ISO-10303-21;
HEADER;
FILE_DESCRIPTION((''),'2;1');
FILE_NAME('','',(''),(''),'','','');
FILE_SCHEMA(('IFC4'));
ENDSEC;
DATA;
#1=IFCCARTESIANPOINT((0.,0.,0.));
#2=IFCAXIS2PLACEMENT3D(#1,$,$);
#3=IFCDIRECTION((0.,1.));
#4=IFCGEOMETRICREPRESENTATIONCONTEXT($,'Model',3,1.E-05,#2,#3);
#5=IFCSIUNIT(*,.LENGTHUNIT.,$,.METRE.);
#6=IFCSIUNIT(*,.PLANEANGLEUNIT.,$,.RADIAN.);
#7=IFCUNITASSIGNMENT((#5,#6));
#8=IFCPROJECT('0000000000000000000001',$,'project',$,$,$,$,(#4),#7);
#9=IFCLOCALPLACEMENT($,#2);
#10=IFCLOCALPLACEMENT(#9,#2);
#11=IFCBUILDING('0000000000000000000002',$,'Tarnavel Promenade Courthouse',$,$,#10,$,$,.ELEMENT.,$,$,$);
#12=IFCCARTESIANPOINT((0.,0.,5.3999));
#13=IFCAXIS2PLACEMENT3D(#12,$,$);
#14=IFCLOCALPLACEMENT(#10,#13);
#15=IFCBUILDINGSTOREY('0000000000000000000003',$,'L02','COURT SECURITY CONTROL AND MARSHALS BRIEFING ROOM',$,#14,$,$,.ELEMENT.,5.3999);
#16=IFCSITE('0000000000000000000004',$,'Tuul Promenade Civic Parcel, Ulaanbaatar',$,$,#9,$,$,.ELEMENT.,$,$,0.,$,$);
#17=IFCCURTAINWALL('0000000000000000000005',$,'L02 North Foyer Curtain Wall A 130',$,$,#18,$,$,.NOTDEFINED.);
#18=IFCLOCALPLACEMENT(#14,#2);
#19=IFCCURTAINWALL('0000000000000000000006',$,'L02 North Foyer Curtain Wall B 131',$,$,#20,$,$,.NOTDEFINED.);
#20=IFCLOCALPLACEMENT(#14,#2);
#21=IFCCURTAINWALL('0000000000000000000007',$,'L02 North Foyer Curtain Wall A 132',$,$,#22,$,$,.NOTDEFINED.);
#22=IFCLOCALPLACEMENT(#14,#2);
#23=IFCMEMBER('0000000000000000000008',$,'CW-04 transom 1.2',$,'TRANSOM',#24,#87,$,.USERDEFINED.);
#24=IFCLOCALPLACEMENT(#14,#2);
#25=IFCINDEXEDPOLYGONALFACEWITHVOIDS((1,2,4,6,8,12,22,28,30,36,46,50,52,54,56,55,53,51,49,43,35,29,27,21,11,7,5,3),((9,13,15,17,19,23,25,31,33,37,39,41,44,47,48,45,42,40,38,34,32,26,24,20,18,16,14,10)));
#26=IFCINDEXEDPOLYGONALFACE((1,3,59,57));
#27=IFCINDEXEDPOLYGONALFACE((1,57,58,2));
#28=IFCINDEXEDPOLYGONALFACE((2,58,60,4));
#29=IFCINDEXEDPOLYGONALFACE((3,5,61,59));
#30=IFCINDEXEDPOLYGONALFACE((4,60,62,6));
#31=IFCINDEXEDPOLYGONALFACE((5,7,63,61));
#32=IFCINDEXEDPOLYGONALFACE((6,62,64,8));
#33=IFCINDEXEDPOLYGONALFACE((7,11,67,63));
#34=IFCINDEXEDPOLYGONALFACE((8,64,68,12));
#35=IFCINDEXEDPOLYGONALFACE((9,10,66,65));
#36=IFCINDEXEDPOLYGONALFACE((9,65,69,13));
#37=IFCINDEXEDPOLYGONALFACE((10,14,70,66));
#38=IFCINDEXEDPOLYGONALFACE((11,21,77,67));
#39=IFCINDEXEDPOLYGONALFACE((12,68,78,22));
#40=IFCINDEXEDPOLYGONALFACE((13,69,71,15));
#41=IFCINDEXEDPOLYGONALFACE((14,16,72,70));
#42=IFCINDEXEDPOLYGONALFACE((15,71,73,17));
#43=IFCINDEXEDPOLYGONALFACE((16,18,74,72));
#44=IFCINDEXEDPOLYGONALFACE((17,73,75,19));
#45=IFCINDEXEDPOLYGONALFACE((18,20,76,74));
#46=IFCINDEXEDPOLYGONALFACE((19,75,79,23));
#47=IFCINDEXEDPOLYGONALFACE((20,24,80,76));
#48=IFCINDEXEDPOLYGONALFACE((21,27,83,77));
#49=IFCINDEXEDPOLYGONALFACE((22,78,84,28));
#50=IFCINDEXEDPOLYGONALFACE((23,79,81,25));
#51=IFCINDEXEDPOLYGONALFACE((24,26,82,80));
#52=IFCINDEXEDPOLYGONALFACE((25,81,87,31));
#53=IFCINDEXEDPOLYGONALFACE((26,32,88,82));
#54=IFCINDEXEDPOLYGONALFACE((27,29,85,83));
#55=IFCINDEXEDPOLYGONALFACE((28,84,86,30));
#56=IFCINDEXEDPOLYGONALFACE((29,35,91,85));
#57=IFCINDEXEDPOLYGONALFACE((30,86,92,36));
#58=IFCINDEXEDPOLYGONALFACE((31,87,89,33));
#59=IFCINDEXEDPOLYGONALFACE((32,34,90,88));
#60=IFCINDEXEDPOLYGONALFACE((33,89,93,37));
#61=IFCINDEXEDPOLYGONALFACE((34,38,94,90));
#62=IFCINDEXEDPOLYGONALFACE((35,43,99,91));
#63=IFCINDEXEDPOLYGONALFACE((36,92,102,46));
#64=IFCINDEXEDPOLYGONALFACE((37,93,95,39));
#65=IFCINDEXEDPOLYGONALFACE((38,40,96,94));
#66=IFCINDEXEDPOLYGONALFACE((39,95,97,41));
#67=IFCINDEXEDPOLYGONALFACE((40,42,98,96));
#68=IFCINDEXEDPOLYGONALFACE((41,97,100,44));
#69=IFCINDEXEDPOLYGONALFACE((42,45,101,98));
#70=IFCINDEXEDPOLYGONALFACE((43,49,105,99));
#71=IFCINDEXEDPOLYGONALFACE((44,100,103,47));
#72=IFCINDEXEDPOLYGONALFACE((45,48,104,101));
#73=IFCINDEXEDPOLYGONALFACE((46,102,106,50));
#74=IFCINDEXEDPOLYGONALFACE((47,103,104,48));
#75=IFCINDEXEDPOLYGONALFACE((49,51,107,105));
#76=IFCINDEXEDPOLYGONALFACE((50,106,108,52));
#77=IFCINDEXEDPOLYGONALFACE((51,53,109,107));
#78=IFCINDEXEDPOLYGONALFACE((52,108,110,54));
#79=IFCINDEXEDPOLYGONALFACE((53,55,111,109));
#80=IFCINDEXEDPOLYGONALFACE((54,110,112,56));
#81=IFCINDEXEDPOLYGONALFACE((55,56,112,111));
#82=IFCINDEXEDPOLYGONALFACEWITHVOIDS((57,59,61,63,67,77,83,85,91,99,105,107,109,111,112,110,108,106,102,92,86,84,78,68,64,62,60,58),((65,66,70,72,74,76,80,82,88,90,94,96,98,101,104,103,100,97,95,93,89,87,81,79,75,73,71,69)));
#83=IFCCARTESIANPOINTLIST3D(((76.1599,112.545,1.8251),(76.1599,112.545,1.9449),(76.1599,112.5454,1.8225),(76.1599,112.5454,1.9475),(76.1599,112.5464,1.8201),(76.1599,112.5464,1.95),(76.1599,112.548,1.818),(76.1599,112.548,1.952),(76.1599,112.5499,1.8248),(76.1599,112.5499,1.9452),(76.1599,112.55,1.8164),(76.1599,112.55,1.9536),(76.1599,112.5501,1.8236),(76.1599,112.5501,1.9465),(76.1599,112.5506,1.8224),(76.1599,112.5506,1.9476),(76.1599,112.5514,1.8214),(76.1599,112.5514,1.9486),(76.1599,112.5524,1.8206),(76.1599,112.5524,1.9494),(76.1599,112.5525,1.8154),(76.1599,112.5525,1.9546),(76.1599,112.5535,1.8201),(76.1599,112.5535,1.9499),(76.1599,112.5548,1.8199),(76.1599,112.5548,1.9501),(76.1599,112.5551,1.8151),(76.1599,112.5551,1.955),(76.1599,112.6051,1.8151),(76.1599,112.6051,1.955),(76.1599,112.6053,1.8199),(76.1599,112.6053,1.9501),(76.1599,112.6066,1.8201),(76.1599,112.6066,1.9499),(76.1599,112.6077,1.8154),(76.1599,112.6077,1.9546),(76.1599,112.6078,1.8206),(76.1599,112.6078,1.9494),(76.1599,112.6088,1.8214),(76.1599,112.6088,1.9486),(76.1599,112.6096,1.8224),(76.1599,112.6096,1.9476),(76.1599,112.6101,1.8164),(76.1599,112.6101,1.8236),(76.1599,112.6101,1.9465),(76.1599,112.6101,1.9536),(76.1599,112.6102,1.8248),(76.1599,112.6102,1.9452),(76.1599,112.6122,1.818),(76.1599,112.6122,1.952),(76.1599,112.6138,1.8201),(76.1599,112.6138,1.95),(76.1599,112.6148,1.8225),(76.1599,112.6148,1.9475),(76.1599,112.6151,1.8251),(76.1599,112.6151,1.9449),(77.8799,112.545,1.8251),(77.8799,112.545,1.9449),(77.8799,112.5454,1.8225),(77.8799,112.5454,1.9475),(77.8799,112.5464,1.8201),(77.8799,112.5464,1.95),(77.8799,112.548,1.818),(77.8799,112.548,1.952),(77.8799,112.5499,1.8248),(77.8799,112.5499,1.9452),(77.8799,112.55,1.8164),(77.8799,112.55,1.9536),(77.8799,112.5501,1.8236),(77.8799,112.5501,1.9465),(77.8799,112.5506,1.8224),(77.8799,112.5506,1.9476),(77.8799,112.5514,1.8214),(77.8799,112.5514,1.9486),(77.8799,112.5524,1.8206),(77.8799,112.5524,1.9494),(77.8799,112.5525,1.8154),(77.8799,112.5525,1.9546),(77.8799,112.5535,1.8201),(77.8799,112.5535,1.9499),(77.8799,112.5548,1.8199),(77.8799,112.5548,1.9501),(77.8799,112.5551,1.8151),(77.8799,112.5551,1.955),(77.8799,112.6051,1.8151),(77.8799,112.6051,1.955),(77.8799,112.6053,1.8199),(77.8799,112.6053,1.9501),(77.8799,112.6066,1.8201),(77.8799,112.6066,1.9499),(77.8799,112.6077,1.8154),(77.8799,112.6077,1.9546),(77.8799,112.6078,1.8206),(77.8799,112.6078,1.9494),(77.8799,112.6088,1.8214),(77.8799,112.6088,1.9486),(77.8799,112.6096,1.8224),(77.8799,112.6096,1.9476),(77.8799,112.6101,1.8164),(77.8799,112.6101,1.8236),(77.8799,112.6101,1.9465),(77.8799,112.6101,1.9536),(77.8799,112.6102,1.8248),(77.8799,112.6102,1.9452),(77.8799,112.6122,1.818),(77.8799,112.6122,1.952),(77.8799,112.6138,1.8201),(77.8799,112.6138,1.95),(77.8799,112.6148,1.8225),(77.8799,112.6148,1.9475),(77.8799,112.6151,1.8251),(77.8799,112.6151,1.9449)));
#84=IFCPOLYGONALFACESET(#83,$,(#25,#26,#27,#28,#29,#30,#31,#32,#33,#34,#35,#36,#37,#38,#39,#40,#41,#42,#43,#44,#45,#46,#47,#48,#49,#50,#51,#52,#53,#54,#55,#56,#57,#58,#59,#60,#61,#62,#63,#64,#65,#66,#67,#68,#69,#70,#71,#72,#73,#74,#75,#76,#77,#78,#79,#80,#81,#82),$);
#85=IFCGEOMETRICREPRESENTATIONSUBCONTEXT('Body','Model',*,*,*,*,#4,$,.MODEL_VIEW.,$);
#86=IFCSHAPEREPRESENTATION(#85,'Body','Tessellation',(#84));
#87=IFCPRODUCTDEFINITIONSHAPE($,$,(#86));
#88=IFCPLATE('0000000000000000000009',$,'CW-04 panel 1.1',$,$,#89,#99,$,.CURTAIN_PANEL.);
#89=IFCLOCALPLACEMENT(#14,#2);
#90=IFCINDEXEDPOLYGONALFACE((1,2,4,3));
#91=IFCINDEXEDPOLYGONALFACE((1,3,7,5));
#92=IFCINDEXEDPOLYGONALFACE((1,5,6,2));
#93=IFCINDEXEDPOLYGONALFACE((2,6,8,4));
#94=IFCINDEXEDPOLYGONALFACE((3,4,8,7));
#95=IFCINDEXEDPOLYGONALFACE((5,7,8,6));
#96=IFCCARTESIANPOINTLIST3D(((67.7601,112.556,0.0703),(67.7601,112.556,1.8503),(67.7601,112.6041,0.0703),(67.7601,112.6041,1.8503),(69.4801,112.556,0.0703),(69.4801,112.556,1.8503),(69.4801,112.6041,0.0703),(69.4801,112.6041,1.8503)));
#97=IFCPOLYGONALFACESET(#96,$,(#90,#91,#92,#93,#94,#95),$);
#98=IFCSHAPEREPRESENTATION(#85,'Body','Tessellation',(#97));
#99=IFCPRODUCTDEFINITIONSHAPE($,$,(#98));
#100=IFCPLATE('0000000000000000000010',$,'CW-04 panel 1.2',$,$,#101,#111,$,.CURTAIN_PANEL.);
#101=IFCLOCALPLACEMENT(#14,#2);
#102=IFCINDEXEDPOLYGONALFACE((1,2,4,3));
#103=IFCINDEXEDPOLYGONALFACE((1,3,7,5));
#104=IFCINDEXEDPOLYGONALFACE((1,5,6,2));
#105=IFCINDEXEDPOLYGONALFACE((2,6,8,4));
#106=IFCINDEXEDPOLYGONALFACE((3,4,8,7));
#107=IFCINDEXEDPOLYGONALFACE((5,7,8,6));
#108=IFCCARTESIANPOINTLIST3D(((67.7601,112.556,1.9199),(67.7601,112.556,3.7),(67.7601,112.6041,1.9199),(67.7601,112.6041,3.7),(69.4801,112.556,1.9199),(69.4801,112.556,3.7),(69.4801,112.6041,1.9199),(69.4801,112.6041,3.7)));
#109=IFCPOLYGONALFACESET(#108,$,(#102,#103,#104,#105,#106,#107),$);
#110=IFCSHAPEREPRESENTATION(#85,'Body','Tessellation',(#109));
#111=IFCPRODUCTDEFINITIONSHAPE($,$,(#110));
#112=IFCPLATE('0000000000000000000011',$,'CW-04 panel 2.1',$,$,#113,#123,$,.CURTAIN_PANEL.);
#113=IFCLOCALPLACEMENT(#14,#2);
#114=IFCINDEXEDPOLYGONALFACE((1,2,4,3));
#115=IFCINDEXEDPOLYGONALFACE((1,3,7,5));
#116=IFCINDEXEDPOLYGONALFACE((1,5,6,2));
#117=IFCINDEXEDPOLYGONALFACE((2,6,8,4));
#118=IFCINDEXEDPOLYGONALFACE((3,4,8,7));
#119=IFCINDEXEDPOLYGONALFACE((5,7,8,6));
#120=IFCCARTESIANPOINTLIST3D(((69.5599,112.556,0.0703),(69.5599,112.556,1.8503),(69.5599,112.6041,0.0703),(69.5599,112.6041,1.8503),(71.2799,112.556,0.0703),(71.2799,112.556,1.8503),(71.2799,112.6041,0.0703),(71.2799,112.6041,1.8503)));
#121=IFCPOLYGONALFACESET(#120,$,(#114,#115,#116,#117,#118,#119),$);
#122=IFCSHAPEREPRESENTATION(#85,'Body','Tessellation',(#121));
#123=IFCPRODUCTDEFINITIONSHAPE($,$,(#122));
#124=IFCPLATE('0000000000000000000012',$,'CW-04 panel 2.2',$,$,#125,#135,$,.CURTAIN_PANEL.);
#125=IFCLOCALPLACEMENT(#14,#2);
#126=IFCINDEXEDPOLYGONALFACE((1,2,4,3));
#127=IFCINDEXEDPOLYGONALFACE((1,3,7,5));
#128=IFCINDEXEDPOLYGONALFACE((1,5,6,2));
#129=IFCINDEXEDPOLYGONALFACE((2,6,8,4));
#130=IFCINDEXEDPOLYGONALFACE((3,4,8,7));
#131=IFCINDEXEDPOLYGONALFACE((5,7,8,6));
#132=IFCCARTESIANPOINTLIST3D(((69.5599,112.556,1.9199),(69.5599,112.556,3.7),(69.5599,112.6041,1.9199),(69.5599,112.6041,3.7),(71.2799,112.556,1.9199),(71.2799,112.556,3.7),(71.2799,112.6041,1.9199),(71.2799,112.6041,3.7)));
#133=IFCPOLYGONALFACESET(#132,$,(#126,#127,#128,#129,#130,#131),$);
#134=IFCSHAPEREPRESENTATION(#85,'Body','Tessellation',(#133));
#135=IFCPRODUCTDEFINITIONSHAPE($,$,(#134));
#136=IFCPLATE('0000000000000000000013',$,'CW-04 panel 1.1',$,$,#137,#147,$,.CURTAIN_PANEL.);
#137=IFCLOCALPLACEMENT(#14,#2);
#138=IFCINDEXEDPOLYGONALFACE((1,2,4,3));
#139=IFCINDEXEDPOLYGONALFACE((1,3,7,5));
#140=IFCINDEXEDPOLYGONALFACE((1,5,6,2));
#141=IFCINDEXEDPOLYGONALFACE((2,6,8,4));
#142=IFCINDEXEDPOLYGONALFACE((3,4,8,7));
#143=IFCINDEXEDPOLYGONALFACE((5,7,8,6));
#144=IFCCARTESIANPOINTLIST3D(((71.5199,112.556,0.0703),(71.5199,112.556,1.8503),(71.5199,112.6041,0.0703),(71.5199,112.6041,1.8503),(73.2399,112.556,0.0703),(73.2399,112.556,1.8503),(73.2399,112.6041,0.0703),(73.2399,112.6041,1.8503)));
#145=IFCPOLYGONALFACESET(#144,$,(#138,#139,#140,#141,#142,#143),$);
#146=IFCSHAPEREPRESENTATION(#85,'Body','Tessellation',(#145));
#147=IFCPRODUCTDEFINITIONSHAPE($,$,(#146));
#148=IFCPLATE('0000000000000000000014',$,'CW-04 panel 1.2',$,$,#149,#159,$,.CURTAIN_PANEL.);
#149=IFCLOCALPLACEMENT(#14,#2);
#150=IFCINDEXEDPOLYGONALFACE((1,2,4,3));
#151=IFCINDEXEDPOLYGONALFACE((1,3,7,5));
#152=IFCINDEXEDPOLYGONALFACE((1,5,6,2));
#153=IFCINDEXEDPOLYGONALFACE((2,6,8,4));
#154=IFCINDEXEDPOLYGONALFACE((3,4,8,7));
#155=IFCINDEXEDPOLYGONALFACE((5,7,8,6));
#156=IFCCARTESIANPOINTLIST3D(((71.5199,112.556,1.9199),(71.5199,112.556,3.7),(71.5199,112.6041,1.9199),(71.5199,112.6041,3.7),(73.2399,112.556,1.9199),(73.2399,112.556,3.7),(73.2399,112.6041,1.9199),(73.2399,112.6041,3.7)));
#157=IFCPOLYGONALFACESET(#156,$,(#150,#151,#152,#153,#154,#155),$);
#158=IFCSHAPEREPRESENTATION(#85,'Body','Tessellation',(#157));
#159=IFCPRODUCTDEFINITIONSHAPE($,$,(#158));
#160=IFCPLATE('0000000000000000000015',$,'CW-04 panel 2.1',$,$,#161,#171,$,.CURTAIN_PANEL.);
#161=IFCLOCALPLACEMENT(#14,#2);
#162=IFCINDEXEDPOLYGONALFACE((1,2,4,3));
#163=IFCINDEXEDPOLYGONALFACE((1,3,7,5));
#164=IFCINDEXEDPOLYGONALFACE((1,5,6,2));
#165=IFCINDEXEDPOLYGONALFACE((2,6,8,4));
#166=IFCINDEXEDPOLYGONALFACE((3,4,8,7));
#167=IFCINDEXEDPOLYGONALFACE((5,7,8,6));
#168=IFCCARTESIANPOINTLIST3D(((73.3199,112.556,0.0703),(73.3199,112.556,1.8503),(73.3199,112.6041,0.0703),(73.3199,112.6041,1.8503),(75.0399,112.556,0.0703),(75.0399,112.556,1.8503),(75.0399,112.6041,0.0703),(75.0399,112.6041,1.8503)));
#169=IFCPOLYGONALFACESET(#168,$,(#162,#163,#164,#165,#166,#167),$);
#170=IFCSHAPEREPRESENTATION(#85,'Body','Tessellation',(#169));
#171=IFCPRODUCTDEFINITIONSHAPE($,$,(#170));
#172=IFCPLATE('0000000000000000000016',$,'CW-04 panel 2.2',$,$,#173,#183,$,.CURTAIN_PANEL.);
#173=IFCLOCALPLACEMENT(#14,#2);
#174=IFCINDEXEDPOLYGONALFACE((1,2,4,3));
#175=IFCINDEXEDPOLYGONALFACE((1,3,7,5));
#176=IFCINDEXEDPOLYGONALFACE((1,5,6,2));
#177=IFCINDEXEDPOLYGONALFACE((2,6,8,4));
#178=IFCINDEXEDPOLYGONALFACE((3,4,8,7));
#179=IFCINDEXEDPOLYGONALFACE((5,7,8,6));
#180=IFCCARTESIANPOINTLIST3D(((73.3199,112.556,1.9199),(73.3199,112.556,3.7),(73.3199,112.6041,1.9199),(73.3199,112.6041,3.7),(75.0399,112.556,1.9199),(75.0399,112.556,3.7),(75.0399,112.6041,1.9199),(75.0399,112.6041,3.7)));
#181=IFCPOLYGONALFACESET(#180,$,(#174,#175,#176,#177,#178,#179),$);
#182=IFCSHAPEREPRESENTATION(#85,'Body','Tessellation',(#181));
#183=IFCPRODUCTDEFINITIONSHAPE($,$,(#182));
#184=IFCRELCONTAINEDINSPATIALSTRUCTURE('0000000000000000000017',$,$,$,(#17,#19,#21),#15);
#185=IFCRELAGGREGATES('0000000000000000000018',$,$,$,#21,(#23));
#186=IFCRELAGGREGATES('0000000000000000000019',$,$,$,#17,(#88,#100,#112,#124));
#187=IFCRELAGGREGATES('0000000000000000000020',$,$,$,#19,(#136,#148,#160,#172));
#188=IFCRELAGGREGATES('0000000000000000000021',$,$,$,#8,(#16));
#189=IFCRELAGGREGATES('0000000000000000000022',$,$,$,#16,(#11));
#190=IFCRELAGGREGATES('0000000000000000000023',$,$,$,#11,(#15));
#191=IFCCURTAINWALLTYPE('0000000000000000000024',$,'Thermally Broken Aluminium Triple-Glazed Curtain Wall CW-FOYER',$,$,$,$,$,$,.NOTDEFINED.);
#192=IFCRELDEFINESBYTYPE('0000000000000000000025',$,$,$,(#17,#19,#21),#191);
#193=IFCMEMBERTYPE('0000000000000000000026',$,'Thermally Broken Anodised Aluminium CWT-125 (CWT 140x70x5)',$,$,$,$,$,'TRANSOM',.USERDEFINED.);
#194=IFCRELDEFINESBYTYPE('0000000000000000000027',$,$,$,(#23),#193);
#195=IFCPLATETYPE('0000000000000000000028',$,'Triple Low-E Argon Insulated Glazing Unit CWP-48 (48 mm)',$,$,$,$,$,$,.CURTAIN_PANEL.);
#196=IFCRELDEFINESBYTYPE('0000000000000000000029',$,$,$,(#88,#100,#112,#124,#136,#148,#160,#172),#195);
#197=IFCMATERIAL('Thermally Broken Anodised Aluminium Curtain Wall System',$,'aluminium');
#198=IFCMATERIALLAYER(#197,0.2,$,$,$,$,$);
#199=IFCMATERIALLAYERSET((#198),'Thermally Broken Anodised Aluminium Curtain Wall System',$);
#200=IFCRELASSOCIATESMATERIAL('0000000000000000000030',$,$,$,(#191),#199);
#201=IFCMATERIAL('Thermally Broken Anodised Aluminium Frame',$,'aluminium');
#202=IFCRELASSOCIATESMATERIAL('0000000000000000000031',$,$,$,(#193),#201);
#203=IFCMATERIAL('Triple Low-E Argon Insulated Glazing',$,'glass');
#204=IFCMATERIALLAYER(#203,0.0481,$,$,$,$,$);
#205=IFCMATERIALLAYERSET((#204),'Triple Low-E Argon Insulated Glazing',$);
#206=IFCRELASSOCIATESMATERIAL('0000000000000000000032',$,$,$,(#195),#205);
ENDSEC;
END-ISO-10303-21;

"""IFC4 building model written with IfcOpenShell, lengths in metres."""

from ifc_helpers import new_model, si_unit, direction, frame, origin, origin_2d, place, context, subcontext, project, spatial, rectangle, hollow_rectangle, extrude, material, layer, layer_set, material_profile, profile_set, type_object, element, aggregate, save


model = new_model("IFC4")

# Units and contexts
model_context = context("Model", 3, precision=1e-05, world=origin(), true_north=direction((0.0, 1.0)))
body_context = subcontext(model_context, "Body", "Model", "MODEL_VIEW")
ifc_project = project(units=[si_unit("LENGTHUNIT", "METRE"), si_unit("PLANEANGLEUNIT", "RADIAN")], contexts=[model_context])

# Site, building, storey
site_placement = place(None, origin())
site = spatial("IfcSite", under=ifc_project, at=site_placement, Name="Tuul Promenade Civic Parcel, Ulaanbaatar", CompositionType="ELEMENT", RefElevation=0.0)
building_placement = place(site_placement, origin())
building = spatial("IfcBuilding", under=site, at=building_placement, Name="Tarnavel Promenade Courthouse", CompositionType="ELEMENT")
storey_placement = place(building_placement, frame((0.0, 0.0, 5.3999)))
storey = spatial("IfcBuildingStorey", under=building, at=storey_placement, Name="L02", Description="COURT SECURITY CONTROL AND MARSHALS BRIEFING ROOM", CompositionType="ELEMENT", Elevation=5.3999)

# Curtain walls
ifc_material_1 = material(Name="Thermally Broken Anodised Aluminium Curtain Wall System", Category="aluminium")
ifc_layer_1 = layer(ifc_material_1, 0.2)
ifc_layer_set_1 = layer_set([ifc_layer_1], Name="Thermally Broken Anodised Aluminium Curtain Wall System")
curtain_wall_type = type_object("IfcCurtainWallType", Name="Thermally Broken Aluminium Triple-Glazed Curtain Wall CW-FOYER", PredefinedType="NOTDEFINED", material=ifc_layer_set_1)
curtain_wall_1_placement = place(storey_placement, origin())
curtain_wall_1 = element("IfcCurtainWall", 1, at=curtain_wall_1_placement, inside=storey, type_object=curtain_wall_type, Name="L02 North Foyer Curtain Wall A 130", PredefinedType="NOTDEFINED")
ifc_material_2 = material(Name="Thermally Broken Anodised Aluminium Frame", Category="aluminium")
curtain_wall_2_placement = place(storey_placement, origin())
curtain_wall_2 = element("IfcCurtainWall", 2, at=curtain_wall_2_placement, inside=storey, type_object=curtain_wall_type, Name="L02 North Foyer Curtain Wall B 131", PredefinedType="NOTDEFINED")

# Curtain wall
curtain_wall_3_placement = place(storey_placement, origin())
curtain_wall_3 = element("IfcCurtainWall", 3, at=curtain_wall_3_placement, inside=storey, type_object=curtain_wall_type, Name="L02 North Foyer Curtain Wall A 132", PredefinedType="NOTDEFINED")

# Member
ifc_material_profile_1 = material_profile(ifc_material_2, hollow_rectangle(XDim=0.0701, YDim=0.1399, WallThickness=0.0049, InnerFilletRadius=0.0049, OuterFilletRadius=0.01, at=origin_2d()), Name="CWT 140x70x5")
ifc_profile_set_1 = profile_set([ifc_material_profile_1], Name="Thermally Broken Anodised Aluminium Frame")
member_type_1 = type_object("IfcMemberType", Name="Thermally Broken Anodised Aluminium CWT-125 (CWT 140x70x5)", ElementType="TRANSOM", PredefinedType="USERDEFINED", material=ifc_profile_set_1)
member_1_placement = place(storey_placement, frame((76.1599, 112.5801, 1.885), z_axis=(1.0, 0.0, 0.0), x_axis=(0.0, 1.0, 0.0)))
member_1 = element("IfcMember", 4, at=member_1_placement, type_object=member_type_1, Name="CW-04 transom 1.2", ObjectType="TRANSOM", PredefinedType="USERDEFINED", context=body_context, shape_type="SweptSolid", body=[
    extrude(hollow_rectangle(XDim=0.0701, YDim=0.1399, WallThickness=0.0049, InnerFilletRadius=0.0049, OuterFilletRadius=0.01, at=origin_2d()), origin(), (0.0, 0.0, 1.0), 1.72),
])
aggregate(curtain_wall_3, [member_1])

# Plates
ifc_material_3 = material(Name="Triple Low-E Argon Insulated Glazing", Category="glass")
ifc_layer_2 = layer(ifc_material_3, 0.0481)
ifc_layer_set_2 = layer_set([ifc_layer_2], Name="Triple Low-E Argon Insulated Glazing")
plate_type = type_object("IfcPlateType", Name="Triple Low-E Argon Insulated Glazing Unit CWP-48 (48 mm)", PredefinedType="CURTAIN_PANEL", material=ifc_layer_set_2)
plate_1_placement = place(storey_placement, frame((68.6201, 112.5801, 0.0703), z_axis=(0.0, 0.0, 1.0), x_axis=(1.0, 0.0, 0.0)))
plate_1 = element("IfcPlate", 5, at=plate_1_placement, type_object=plate_type, Name="CW-04 panel 1.1", PredefinedType="CURTAIN_PANEL", context=body_context, shape_type="SweptSolid", body=[
    extrude(rectangle(XDim=1.72, YDim=0.0481, at=origin_2d()), origin(), (0.0, 0.0, 1.0), 1.78),
])
plate_2_placement = place(storey_placement, frame((68.6201, 112.5801, 1.9199), z_axis=(0.0, 0.0, 1.0), x_axis=(1.0, 0.0, 0.0)))
plate_2 = element("IfcPlate", 6, at=plate_2_placement, type_object=plate_type, Name="CW-04 panel 1.2", PredefinedType="CURTAIN_PANEL", context=body_context, shape_type="SweptSolid", body=[
    extrude(rectangle(XDim=1.72, YDim=0.0481, at=origin_2d()), origin(), (0.0, 0.0, 1.0), 1.78),
])
plate_3_placement = place(storey_placement, frame((70.4199, 112.5801, 0.0703), z_axis=(0.0, 0.0, 1.0), x_axis=(1.0, 0.0, 0.0)))
plate_3 = element("IfcPlate", 7, at=plate_3_placement, type_object=plate_type, Name="CW-04 panel 2.1", PredefinedType="CURTAIN_PANEL", context=body_context, shape_type="SweptSolid", body=[
    extrude(rectangle(XDim=1.72, YDim=0.0481, at=origin_2d()), origin(), (0.0, 0.0, 1.0), 1.78),
])
plate_4_placement = place(storey_placement, frame((70.4199, 112.5801, 1.9199), z_axis=(0.0, 0.0, 1.0), x_axis=(1.0, 0.0, 0.0)))
plate_4 = element("IfcPlate", 8, at=plate_4_placement, type_object=plate_type, Name="CW-04 panel 2.2", PredefinedType="CURTAIN_PANEL", context=body_context, shape_type="SweptSolid", body=[
    extrude(rectangle(XDim=1.72, YDim=0.0481, at=origin_2d()), origin(), (0.0, 0.0, 1.0), 1.78),
])
aggregate(curtain_wall_1, [plate_1, plate_2, plate_3, plate_4])
plate_5_placement = place(storey_placement, frame((72.3799, 112.5801, 0.0703), z_axis=(0.0, 0.0, 1.0), x_axis=(1.0, 0.0, 0.0)))
plate_5 = element("IfcPlate", 9, at=plate_5_placement, type_object=plate_type, Name="CW-04 panel 1.1", PredefinedType="CURTAIN_PANEL", context=body_context, shape_type="SweptSolid", body=[
    extrude(rectangle(XDim=1.72, YDim=0.0481, at=origin_2d()), origin(), (0.0, 0.0, 1.0), 1.78),
])
plate_6_placement = place(storey_placement, frame((72.3799, 112.5801, 1.9199), z_axis=(0.0, 0.0, 1.0), x_axis=(1.0, 0.0, 0.0)))
plate_6 = element("IfcPlate", 10, at=plate_6_placement, type_object=plate_type, Name="CW-04 panel 1.2", PredefinedType="CURTAIN_PANEL", context=body_context, shape_type="SweptSolid", body=[
    extrude(rectangle(XDim=1.72, YDim=0.0481, at=origin_2d()), origin(), (0.0, 0.0, 1.0), 1.78),
])
plate_7_placement = place(storey_placement, frame((74.1799, 112.5801, 0.0703), z_axis=(0.0, 0.0, 1.0), x_axis=(1.0, 0.0, 0.0)))
plate_7 = element("IfcPlate", 11, at=plate_7_placement, type_object=plate_type, Name="CW-04 panel 2.1", PredefinedType="CURTAIN_PANEL", context=body_context, shape_type="SweptSolid", body=[
    extrude(rectangle(XDim=1.72, YDim=0.0481, at=origin_2d()), origin(), (0.0, 0.0, 1.0), 1.78),
])
plate_8_placement = place(storey_placement, frame((74.1799, 112.5801, 1.9199), z_axis=(0.0, 0.0, 1.0), x_axis=(1.0, 0.0, 0.0)))
plate_8 = element("IfcPlate", 12, at=plate_8_placement, type_object=plate_type, Name="CW-04 panel 2.2", PredefinedType="CURTAIN_PANEL", context=body_context, shape_type="SweptSolid", body=[
    extrude(rectangle(XDim=1.72, YDim=0.0481, at=origin_2d()), origin(), (0.0, 0.0, 1.0), 1.78),
])
aggregate(curtain_wall_2, [plate_5, plate_6, plate_7, plate_8])

save(model, "model.ifc")
